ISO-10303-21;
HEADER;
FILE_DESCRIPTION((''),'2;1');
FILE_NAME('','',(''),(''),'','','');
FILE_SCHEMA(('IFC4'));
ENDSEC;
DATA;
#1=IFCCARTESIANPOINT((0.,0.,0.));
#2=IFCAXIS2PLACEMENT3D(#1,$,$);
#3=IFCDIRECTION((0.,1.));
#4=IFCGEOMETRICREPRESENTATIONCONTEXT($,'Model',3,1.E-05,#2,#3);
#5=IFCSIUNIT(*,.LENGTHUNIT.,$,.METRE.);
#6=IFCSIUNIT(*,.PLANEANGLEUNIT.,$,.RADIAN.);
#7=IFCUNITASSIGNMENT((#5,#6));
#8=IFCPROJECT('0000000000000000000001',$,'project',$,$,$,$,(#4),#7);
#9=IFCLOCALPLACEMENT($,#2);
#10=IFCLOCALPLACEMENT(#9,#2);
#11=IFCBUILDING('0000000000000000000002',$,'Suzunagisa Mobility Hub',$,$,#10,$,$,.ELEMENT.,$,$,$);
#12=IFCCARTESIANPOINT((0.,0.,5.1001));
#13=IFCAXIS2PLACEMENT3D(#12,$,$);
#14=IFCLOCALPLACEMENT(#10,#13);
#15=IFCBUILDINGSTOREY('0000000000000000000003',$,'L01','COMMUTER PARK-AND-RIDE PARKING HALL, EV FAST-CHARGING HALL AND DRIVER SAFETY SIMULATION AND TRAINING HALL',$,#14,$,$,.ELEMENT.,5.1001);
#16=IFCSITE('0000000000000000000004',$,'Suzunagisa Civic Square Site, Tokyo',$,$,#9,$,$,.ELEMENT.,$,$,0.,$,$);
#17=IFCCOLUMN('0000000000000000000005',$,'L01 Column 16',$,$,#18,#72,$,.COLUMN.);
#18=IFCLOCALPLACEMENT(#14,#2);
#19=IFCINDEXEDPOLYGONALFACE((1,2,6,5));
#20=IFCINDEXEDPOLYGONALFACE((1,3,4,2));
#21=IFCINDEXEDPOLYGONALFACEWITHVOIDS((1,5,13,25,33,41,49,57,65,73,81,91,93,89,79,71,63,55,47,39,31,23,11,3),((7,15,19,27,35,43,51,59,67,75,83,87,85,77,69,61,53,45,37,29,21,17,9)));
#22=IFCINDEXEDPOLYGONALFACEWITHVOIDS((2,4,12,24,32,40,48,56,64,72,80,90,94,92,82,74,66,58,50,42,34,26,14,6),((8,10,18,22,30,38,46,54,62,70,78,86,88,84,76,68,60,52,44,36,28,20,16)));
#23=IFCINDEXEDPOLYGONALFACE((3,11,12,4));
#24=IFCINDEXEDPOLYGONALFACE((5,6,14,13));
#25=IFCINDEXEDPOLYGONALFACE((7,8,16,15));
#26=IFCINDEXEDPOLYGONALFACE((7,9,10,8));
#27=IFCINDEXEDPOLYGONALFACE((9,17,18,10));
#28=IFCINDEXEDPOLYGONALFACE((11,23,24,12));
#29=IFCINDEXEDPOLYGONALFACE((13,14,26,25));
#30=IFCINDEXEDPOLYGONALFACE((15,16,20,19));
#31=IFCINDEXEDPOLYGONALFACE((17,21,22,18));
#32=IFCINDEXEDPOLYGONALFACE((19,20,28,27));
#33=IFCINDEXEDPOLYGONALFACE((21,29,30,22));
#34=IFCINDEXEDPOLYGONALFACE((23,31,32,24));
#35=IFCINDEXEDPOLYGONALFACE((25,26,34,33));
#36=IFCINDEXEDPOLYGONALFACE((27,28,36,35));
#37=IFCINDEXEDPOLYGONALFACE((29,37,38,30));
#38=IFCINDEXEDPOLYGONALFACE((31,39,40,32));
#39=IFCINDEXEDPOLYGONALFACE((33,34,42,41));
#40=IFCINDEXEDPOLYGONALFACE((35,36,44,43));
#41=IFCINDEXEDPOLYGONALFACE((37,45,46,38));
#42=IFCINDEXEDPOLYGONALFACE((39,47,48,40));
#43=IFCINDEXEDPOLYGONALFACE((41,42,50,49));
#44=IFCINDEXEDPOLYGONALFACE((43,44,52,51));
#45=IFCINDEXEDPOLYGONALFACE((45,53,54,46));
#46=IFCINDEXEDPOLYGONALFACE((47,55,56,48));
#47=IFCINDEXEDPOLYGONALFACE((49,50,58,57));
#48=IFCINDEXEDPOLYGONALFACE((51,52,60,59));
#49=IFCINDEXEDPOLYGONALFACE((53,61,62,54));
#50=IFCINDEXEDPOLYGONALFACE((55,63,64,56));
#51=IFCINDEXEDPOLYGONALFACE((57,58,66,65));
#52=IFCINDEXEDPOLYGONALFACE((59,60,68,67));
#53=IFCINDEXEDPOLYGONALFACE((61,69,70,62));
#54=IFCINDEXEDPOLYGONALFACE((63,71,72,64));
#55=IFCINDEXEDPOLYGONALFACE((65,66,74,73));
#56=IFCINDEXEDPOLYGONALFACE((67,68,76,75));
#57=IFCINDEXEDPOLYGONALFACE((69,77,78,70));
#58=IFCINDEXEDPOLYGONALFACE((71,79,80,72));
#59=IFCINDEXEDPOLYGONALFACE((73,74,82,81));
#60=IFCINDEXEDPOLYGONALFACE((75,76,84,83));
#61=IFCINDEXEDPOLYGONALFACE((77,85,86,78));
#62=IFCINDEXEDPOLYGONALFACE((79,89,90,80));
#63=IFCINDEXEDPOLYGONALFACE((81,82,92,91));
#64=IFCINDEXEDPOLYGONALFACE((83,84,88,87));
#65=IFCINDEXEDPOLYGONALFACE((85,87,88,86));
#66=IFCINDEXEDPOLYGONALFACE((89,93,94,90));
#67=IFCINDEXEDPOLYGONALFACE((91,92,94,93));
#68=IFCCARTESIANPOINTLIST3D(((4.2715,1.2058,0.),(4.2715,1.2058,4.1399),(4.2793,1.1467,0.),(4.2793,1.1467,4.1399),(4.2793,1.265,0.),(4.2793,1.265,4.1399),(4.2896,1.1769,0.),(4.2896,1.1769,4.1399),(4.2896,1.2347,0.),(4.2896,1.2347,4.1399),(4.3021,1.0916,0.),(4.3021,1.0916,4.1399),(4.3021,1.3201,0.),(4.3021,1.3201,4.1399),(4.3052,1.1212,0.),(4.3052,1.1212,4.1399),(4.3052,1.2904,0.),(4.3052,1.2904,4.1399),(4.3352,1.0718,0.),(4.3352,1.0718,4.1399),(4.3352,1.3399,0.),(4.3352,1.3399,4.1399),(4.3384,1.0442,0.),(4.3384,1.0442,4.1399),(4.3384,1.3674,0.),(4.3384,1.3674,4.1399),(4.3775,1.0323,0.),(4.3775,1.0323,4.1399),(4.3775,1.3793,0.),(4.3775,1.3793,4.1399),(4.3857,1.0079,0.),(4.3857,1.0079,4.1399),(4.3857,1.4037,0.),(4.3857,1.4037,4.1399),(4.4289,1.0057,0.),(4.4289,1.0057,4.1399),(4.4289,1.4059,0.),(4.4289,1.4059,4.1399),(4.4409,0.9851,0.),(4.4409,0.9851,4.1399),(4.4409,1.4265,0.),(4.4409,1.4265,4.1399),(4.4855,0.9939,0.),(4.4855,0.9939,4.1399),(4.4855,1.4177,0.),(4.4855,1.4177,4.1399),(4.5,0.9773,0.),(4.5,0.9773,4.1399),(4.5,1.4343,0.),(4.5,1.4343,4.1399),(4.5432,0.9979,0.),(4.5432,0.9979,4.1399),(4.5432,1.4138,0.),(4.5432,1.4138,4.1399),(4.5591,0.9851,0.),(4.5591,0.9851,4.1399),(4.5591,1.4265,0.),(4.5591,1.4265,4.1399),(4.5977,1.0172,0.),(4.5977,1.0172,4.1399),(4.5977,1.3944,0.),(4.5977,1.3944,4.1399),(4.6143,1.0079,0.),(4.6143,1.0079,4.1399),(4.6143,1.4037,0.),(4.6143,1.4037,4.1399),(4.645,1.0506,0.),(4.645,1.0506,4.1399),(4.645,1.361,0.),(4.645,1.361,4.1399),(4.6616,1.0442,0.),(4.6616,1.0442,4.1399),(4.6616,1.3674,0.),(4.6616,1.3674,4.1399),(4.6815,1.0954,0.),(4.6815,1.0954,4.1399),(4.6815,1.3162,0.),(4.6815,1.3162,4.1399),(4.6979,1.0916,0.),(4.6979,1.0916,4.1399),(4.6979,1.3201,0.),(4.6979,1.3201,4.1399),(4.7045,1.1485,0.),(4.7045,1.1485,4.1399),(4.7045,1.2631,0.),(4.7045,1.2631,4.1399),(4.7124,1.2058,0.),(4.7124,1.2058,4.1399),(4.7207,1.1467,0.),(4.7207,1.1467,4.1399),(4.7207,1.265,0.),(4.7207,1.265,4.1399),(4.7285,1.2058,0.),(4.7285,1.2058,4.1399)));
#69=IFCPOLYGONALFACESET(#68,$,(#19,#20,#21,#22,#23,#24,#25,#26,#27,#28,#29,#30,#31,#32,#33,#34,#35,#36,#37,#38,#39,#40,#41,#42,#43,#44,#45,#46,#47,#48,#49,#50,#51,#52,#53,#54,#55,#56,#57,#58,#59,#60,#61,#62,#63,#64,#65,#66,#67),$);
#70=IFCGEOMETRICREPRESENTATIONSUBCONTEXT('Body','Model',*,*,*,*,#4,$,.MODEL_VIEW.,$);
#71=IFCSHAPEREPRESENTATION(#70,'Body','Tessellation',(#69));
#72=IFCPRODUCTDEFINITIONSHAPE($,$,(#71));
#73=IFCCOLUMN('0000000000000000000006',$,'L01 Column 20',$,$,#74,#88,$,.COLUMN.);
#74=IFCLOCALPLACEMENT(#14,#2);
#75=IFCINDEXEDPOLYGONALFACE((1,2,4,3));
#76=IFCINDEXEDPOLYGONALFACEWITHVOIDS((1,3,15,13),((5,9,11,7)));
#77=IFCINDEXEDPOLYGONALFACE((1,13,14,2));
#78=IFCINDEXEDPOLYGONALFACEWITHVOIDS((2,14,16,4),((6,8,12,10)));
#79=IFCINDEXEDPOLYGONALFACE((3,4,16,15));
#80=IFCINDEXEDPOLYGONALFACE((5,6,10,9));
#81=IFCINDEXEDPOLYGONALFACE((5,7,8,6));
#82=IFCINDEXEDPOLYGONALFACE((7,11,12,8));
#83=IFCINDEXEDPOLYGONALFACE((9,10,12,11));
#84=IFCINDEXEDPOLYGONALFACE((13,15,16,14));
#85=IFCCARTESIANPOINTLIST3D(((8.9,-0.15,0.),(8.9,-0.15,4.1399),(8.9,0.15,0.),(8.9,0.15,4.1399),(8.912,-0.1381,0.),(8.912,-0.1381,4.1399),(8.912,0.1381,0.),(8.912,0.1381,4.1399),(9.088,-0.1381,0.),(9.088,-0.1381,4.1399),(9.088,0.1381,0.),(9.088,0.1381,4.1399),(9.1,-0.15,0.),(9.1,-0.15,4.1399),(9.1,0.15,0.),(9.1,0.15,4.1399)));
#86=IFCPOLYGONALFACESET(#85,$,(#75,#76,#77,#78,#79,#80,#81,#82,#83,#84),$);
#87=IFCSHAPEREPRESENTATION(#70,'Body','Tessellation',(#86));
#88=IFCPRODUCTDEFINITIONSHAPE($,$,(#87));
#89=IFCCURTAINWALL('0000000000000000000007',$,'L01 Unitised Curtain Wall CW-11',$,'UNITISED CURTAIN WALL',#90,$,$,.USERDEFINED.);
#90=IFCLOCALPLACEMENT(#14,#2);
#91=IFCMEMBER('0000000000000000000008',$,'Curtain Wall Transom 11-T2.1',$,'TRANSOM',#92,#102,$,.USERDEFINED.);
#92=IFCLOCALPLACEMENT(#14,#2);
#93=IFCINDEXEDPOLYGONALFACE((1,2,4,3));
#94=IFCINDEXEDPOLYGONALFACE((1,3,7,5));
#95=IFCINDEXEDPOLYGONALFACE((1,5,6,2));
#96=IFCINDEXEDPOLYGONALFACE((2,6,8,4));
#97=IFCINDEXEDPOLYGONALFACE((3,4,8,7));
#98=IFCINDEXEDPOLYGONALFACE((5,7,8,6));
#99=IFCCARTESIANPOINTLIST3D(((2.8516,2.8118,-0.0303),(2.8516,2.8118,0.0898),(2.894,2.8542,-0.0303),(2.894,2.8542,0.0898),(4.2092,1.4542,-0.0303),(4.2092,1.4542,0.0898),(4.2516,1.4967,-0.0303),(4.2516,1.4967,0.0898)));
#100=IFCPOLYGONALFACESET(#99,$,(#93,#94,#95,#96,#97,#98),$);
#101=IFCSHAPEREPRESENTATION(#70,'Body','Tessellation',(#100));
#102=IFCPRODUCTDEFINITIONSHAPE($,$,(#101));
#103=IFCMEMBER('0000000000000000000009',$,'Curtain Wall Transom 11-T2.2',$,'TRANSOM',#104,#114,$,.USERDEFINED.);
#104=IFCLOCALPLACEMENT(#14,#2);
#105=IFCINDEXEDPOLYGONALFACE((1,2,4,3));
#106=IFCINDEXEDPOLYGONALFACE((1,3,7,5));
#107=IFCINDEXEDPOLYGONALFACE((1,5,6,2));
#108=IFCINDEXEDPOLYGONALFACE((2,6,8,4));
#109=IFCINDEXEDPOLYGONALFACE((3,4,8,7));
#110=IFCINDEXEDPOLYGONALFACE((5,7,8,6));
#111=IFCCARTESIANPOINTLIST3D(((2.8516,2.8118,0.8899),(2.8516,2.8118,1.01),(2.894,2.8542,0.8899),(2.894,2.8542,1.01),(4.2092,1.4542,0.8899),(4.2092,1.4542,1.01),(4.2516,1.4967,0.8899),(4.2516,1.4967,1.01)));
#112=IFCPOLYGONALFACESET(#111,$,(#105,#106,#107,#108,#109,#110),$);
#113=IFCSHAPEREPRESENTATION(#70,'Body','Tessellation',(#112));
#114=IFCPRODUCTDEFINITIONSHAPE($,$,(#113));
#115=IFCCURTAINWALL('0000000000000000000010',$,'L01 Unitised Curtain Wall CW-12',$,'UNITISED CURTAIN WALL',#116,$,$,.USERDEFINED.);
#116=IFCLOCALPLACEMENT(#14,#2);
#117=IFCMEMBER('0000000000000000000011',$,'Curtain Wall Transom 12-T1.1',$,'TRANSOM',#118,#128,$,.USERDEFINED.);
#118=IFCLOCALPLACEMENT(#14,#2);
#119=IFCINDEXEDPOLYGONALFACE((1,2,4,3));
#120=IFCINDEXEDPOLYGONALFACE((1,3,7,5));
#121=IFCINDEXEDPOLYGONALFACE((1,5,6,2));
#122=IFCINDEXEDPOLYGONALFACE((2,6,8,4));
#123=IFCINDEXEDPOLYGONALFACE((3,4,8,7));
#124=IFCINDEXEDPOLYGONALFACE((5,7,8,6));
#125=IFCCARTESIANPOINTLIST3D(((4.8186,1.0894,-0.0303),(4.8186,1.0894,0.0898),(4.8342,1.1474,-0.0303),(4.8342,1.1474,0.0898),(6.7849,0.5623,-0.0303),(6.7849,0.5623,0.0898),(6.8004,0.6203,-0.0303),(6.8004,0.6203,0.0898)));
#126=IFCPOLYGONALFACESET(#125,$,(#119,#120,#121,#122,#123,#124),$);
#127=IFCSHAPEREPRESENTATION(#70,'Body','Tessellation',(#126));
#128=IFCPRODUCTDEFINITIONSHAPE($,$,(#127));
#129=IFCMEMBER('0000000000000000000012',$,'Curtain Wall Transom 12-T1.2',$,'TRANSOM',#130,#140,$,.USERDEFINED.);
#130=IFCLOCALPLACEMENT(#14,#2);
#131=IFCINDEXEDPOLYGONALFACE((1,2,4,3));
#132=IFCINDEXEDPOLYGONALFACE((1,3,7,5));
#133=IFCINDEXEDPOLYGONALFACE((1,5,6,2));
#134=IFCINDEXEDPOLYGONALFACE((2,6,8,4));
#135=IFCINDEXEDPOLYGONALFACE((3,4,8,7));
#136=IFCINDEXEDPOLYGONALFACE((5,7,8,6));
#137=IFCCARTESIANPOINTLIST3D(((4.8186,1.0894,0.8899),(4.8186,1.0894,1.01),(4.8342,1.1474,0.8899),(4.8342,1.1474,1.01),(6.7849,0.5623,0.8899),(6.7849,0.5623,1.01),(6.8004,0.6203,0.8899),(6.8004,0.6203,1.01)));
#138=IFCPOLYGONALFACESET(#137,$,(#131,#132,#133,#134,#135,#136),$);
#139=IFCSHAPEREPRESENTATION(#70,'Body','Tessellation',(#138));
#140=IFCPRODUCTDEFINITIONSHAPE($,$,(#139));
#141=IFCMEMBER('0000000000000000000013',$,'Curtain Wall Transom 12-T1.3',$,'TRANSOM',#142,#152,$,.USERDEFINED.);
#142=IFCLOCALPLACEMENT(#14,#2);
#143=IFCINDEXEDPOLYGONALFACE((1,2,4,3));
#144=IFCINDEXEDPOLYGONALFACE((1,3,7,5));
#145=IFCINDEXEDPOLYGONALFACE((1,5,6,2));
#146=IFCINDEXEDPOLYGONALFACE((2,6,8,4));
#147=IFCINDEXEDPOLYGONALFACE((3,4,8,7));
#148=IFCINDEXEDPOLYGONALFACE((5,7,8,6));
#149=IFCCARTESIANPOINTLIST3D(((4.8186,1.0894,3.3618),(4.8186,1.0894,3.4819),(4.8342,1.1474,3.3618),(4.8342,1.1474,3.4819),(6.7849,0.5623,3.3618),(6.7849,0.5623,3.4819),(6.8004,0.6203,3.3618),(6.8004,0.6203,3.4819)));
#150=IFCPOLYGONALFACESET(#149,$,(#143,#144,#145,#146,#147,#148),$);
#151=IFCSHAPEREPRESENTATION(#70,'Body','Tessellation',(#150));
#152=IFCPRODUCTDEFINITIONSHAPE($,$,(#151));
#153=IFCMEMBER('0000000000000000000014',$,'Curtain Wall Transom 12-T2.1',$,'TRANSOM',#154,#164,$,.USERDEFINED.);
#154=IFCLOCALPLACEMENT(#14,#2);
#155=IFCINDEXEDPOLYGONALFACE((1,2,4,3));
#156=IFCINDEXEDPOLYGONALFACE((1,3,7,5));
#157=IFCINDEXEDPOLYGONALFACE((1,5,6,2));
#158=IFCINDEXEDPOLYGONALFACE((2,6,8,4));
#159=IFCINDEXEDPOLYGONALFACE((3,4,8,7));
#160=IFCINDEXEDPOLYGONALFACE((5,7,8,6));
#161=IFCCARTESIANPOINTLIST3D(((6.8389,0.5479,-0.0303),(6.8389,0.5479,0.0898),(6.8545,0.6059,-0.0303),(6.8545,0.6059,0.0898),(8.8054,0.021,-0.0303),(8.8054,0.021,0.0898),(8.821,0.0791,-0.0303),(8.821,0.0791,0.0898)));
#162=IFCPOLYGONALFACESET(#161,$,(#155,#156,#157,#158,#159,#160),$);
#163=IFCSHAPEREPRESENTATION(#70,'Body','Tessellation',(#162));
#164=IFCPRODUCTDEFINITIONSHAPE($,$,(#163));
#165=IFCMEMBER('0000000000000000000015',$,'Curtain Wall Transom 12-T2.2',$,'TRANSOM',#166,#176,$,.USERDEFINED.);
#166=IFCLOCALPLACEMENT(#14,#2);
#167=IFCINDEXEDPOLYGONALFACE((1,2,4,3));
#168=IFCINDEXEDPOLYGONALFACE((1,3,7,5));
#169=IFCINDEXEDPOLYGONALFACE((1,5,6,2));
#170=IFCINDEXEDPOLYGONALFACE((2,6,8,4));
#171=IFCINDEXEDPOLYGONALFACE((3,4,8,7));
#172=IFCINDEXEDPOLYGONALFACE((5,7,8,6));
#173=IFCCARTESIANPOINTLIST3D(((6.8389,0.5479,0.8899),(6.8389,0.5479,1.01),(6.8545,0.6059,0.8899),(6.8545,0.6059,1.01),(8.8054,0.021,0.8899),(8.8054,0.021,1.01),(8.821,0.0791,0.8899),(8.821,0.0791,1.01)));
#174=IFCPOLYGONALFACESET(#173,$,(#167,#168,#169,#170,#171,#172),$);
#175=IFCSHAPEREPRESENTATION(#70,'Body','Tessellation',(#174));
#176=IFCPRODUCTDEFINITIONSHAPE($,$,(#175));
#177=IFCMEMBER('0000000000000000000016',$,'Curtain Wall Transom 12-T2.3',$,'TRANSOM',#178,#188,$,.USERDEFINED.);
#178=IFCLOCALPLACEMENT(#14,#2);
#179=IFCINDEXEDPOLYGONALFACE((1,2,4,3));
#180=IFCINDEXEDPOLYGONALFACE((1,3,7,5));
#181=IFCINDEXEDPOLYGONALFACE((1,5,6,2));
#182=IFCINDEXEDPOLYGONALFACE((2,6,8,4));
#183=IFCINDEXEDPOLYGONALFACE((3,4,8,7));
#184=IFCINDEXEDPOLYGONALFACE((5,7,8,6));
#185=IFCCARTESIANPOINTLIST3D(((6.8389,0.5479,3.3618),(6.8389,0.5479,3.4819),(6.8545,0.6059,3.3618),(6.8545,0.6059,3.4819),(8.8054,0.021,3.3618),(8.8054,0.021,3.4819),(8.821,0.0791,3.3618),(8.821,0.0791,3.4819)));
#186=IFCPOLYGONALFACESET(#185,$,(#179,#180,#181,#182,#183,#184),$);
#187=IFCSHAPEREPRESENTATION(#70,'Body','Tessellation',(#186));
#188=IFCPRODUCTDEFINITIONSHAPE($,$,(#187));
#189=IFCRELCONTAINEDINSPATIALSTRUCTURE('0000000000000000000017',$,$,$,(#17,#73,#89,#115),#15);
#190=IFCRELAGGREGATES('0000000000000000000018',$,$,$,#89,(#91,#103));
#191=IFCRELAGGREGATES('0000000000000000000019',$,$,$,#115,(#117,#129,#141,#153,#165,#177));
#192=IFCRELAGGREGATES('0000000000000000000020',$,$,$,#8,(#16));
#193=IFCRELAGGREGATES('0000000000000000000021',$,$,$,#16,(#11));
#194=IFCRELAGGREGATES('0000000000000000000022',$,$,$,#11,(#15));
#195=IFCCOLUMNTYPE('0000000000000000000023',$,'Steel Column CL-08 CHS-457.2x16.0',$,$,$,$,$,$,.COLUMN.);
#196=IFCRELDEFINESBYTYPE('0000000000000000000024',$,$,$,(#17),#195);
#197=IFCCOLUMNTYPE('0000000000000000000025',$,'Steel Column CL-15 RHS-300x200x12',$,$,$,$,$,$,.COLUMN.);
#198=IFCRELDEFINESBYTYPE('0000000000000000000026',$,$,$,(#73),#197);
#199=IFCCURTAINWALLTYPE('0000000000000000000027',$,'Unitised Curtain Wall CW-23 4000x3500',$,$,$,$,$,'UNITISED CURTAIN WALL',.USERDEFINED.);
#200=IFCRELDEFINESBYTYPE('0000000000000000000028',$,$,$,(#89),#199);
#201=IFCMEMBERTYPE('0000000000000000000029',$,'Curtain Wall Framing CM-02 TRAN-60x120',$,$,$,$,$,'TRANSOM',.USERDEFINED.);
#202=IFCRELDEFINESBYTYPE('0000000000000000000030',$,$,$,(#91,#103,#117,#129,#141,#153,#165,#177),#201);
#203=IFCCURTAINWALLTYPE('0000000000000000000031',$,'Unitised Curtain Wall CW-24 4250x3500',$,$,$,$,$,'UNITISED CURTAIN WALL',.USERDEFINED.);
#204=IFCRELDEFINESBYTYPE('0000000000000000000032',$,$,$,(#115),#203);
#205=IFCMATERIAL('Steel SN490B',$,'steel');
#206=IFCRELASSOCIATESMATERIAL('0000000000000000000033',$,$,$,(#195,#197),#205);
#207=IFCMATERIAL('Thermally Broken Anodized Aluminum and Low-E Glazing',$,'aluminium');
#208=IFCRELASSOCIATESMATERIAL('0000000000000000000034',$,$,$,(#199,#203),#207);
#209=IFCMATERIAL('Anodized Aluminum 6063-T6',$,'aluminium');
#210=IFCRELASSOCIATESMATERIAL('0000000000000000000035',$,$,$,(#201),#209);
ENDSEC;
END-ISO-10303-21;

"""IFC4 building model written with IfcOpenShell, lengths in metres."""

from ifc_helpers import new_model, si_unit, direction, frame, origin, origin_2d, place, context, subcontext, project, spatial, rectangle, hollow_rectangle, hollow_circle, extrude, material, material_profile, profile_set, type_object, element, aggregate, save


model = new_model("IFC4")

# Units and contexts
model_context = context("Model", 3, precision=1e-05, world=origin(), true_north=direction((0.0, 1.0)))
body_context = subcontext(model_context, "Body", "Model", "MODEL_VIEW")
ifc_project = project(units=[si_unit("LENGTHUNIT", "METRE"), si_unit("PLANEANGLEUNIT", "RADIAN")], contexts=[model_context])

# Site, building, storey
site_placement = place(None, origin())
site = spatial("IfcSite", under=ifc_project, at=site_placement, Name="Suzunagisa Civic Square Site, Tokyo", CompositionType="ELEMENT", RefElevation=0.0)
building_placement = place(site_placement, origin())
building = spatial("IfcBuilding", under=site, at=building_placement, Name="Suzunagisa Mobility Hub", CompositionType="ELEMENT")
storey_placement = place(building_placement, frame((0.0, 0.0, 5.1001)))
storey = spatial("IfcBuildingStorey", under=building, at=storey_placement, Name="L01", Description="COMMUTER PARK-AND-RIDE PARKING HALL, EV FAST-CHARGING HALL AND DRIVER SAFETY SIMULATION AND TRAINING HALL", CompositionType="ELEMENT", Elevation=5.1001)

# Columns
ifc_material_1 = material(Name="Steel SN490B", Category="steel")
ifc_material_profile_1 = material_profile(ifc_material_1, hollow_circle(Radius=0.2285, WallThickness=0.0161, at=origin_2d()), Name="CHS-457.2x16.0")
ifc_profile_set_1 = profile_set([ifc_material_profile_1], Name="Steel SN490B")
column_type_1 = type_object("IfcColumnType", Name="Steel Column CL-08 CHS-457.2x16.0", PredefinedType="COLUMN", material=ifc_profile_set_1)
column_1_placement = place(storey_placement, frame((4.5, 1.2058, 0.0), z_axis=(0.0, 0.0, 1.0), x_axis=(1.0, 0.0, 0.0)))
element("IfcColumn", 1, at=column_1_placement, inside=storey, type_object=column_type_1, Name="L01 Column 16", PredefinedType="COLUMN", context=body_context, shape_type="SweptSolid", body=[
    extrude(hollow_circle(Radius=0.2285, WallThickness=0.0161, at=origin_2d()), origin(), (0.0, 0.0, 1.0), 4.1399),
])
ifc_material_profile_2 = material_profile(ifc_material_1, hollow_rectangle(XDim=0.2, YDim=0.3, WallThickness=0.012, at=origin_2d()), Name="RHS-300x200x12")
ifc_profile_set_2 = profile_set([ifc_material_profile_2], Name="Steel SN490B")
column_type_2 = type_object("IfcColumnType", Name="Steel Column CL-15 RHS-300x200x12", PredefinedType="COLUMN", material=ifc_profile_set_2)
column_2_placement = place(storey_placement, frame((9.0, 0.0, 0.0), z_axis=(0.0, 0.0, 1.0), x_axis=(1.0, 0.0, 0.0)))
element("IfcColumn", 2, at=column_2_placement, inside=storey, type_object=column_type_2, Name="L01 Column 20", PredefinedType="COLUMN", context=body_context, shape_type="SweptSolid", body=[
    extrude(hollow_rectangle(XDim=0.2, YDim=0.3, WallThickness=0.012, at=origin_2d()), origin(), (0.0, 0.0, 1.0), 4.1399),
])

# Curtain walls, members
ifc_material_2 = material(Name="Thermally Broken Anodized Aluminum and Low-E Glazing", Category="aluminium")
curtain_wall_type_1 = type_object("IfcCurtainWallType", Name="Unitised Curtain Wall CW-23 4000x3500", ElementType="UNITISED CURTAIN WALL", PredefinedType="USERDEFINED", material=ifc_material_2)
curtain_wall_1_placement = place(storey_placement, origin())
curtain_wall_1 = element("IfcCurtainWall", 3, at=curtain_wall_1_placement, inside=storey, type_object=curtain_wall_type_1, Name="L01 Unitised Curtain Wall CW-11", ObjectType="UNITISED CURTAIN WALL", PredefinedType="USERDEFINED")
ifc_material_3 = material(Name="Anodized Aluminum 6063-T6", Category="aluminium")
ifc_material_profile_3 = material_profile(ifc_material_3, rectangle(XDim=0.0601, YDim=0.1201, at=origin_2d()), Name="TRAN-60x120")
ifc_profile_set_3 = profile_set([ifc_material_profile_3], Name="Anodized Aluminum 6063-T6")
member_type_1 = type_object("IfcMemberType", Name="Curtain Wall Framing CM-02 TRAN-60x120", ElementType="TRANSOM", PredefinedType="USERDEFINED", material=ifc_profile_set_3)
member_1_placement = place(storey_placement, frame((2.8728, 2.833, 0.0298), z_axis=(0.707107, -0.707107, 0.0), x_axis=(0.707107, 0.707107, 0.0)))
member_1 = element("IfcMember", 4, at=member_1_placement, type_object=member_type_1, Name="Curtain Wall Transom 11-T2.1", ObjectType="TRANSOM", PredefinedType="USERDEFINED", context=body_context, shape_type="SweptSolid", body=[
    extrude(rectangle(XDim=0.0601, YDim=0.1201, at=origin_2d()), origin(), (0.0, 0.0, 1.0), 1.9199),
])
member_2_placement = place(storey_placement, frame((2.8728, 2.833, 0.95), z_axis=(0.707107, -0.707107, 0.0), x_axis=(0.707107, 0.707107, 0.0)))
member_2 = element("IfcMember", 5, at=member_2_placement, type_object=member_type_1, Name="Curtain Wall Transom 11-T2.2", ObjectType="TRANSOM", PredefinedType="USERDEFINED", context=body_context, shape_type="SweptSolid", body=[
    extrude(rectangle(XDim=0.0601, YDim=0.1201, at=origin_2d()), origin(), (0.0, 0.0, 1.0), 1.9199),
])
curtain_wall_type_2 = type_object("IfcCurtainWallType", Name="Unitised Curtain Wall CW-24 4250x3500", ElementType="UNITISED CURTAIN WALL", PredefinedType="USERDEFINED", material=ifc_material_2)
curtain_wall_2_placement = place(storey_placement, origin())
curtain_wall_2 = element("IfcCurtainWall", 6, at=curtain_wall_2_placement, inside=storey, type_object=curtain_wall_type_2, Name="L01 Unitised Curtain Wall CW-12", ObjectType="UNITISED CURTAIN WALL", PredefinedType="USERDEFINED")
member_3_placement = place(storey_placement, frame((4.8264, 1.1184, 0.0298), z_axis=(0.965898, -0.258924, 0.0), x_axis=(0.258924, 0.965898, 0.0)))
member_3 = element("IfcMember", 7, at=member_3_placement, type_object=member_type_1, Name="Curtain Wall Transom 12-T1.1", ObjectType="TRANSOM", PredefinedType="USERDEFINED", context=body_context, shape_type="SweptSolid", body=[
    extrude(rectangle(XDim=0.0601, YDim=0.1201, at=origin_2d()), origin(), (0.0, 0.0, 1.0), 2.0356),
])
member_4_placement = place(storey_placement, frame((4.8264, 1.1184, 0.95), z_axis=(0.965898, -0.258924, 0.0), x_axis=(0.258924, 0.965898, 0.0)))
member_4 = element("IfcMember", 8, at=member_4_placement, type_object=member_type_1, Name="Curtain Wall Transom 12-T1.2", ObjectType="TRANSOM", PredefinedType="USERDEFINED", context=body_context, shape_type="SweptSolid", body=[
    extrude(rectangle(XDim=0.0601, YDim=0.1201, at=origin_2d()), origin(), (0.0, 0.0, 1.0), 2.0356),
])
member_5_placement = place(storey_placement, frame((4.8264, 1.1184, 3.4219), z_axis=(0.965898, -0.258924, 0.0), x_axis=(0.258924, 0.965898, 0.0)))
member_5 = element("IfcMember", 9, at=member_5_placement, type_object=member_type_1, Name="Curtain Wall Transom 12-T1.3", ObjectType="TRANSOM", PredefinedType="USERDEFINED", context=body_context, shape_type="SweptSolid", body=[
    extrude(rectangle(XDim=0.0601, YDim=0.1201, at=origin_2d()), origin(), (0.0, 0.0, 1.0), 2.0356),
])
member_6_placement = place(storey_placement, frame((6.8467, 0.5769, 0.0298), z_axis=(0.965936, -0.258782, 0.0), x_axis=(0.258782, 0.965936, 0.0)))
member_6 = element("IfcMember", 10, at=member_6_placement, type_object=member_type_1, Name="Curtain Wall Transom 12-T2.1", ObjectType="TRANSOM", PredefinedType="USERDEFINED", context=body_context, shape_type="SweptSolid", body=[
    extrude(rectangle(XDim=0.0601, YDim=0.1201, at=origin_2d()), origin(), (0.0, 0.0, 1.0), 2.0359),
])
member_7_placement = place(storey_placement, frame((6.8467, 0.5769, 0.95), z_axis=(0.965936, -0.258782, 0.0), x_axis=(0.258782, 0.965936, 0.0)))
member_7 = element("IfcMember", 11, at=member_7_placement, type_object=member_type_1, Name="Curtain Wall Transom 12-T2.2", ObjectType="TRANSOM", PredefinedType="USERDEFINED", context=body_context, shape_type="SweptSolid", body=[
    extrude(rectangle(XDim=0.0601, YDim=0.1201, at=origin_2d()), origin(), (0.0, 0.0, 1.0), 2.0359),
])
member_8_placement = place(storey_placement, frame((6.8467, 0.5769, 3.4219), z_axis=(0.965936, -0.258782, 0.0), x_axis=(0.258782, 0.965936, 0.0)))
member_8 = element("IfcMember", 12, at=member_8_placement, type_object=member_type_1, Name="Curtain Wall Transom 12-T2.3", ObjectType="TRANSOM", PredefinedType="USERDEFINED", context=body_context, shape_type="SweptSolid", body=[
    extrude(rectangle(XDim=0.0601, YDim=0.1201, at=origin_2d()), origin(), (0.0, 0.0, 1.0), 2.0359),
])

aggregate(curtain_wall_1, [member_1, member_2])
aggregate(curtain_wall_2, [member_3, member_4, member_5, member_6, member_7, member_8])

save(model, "model.ifc")
